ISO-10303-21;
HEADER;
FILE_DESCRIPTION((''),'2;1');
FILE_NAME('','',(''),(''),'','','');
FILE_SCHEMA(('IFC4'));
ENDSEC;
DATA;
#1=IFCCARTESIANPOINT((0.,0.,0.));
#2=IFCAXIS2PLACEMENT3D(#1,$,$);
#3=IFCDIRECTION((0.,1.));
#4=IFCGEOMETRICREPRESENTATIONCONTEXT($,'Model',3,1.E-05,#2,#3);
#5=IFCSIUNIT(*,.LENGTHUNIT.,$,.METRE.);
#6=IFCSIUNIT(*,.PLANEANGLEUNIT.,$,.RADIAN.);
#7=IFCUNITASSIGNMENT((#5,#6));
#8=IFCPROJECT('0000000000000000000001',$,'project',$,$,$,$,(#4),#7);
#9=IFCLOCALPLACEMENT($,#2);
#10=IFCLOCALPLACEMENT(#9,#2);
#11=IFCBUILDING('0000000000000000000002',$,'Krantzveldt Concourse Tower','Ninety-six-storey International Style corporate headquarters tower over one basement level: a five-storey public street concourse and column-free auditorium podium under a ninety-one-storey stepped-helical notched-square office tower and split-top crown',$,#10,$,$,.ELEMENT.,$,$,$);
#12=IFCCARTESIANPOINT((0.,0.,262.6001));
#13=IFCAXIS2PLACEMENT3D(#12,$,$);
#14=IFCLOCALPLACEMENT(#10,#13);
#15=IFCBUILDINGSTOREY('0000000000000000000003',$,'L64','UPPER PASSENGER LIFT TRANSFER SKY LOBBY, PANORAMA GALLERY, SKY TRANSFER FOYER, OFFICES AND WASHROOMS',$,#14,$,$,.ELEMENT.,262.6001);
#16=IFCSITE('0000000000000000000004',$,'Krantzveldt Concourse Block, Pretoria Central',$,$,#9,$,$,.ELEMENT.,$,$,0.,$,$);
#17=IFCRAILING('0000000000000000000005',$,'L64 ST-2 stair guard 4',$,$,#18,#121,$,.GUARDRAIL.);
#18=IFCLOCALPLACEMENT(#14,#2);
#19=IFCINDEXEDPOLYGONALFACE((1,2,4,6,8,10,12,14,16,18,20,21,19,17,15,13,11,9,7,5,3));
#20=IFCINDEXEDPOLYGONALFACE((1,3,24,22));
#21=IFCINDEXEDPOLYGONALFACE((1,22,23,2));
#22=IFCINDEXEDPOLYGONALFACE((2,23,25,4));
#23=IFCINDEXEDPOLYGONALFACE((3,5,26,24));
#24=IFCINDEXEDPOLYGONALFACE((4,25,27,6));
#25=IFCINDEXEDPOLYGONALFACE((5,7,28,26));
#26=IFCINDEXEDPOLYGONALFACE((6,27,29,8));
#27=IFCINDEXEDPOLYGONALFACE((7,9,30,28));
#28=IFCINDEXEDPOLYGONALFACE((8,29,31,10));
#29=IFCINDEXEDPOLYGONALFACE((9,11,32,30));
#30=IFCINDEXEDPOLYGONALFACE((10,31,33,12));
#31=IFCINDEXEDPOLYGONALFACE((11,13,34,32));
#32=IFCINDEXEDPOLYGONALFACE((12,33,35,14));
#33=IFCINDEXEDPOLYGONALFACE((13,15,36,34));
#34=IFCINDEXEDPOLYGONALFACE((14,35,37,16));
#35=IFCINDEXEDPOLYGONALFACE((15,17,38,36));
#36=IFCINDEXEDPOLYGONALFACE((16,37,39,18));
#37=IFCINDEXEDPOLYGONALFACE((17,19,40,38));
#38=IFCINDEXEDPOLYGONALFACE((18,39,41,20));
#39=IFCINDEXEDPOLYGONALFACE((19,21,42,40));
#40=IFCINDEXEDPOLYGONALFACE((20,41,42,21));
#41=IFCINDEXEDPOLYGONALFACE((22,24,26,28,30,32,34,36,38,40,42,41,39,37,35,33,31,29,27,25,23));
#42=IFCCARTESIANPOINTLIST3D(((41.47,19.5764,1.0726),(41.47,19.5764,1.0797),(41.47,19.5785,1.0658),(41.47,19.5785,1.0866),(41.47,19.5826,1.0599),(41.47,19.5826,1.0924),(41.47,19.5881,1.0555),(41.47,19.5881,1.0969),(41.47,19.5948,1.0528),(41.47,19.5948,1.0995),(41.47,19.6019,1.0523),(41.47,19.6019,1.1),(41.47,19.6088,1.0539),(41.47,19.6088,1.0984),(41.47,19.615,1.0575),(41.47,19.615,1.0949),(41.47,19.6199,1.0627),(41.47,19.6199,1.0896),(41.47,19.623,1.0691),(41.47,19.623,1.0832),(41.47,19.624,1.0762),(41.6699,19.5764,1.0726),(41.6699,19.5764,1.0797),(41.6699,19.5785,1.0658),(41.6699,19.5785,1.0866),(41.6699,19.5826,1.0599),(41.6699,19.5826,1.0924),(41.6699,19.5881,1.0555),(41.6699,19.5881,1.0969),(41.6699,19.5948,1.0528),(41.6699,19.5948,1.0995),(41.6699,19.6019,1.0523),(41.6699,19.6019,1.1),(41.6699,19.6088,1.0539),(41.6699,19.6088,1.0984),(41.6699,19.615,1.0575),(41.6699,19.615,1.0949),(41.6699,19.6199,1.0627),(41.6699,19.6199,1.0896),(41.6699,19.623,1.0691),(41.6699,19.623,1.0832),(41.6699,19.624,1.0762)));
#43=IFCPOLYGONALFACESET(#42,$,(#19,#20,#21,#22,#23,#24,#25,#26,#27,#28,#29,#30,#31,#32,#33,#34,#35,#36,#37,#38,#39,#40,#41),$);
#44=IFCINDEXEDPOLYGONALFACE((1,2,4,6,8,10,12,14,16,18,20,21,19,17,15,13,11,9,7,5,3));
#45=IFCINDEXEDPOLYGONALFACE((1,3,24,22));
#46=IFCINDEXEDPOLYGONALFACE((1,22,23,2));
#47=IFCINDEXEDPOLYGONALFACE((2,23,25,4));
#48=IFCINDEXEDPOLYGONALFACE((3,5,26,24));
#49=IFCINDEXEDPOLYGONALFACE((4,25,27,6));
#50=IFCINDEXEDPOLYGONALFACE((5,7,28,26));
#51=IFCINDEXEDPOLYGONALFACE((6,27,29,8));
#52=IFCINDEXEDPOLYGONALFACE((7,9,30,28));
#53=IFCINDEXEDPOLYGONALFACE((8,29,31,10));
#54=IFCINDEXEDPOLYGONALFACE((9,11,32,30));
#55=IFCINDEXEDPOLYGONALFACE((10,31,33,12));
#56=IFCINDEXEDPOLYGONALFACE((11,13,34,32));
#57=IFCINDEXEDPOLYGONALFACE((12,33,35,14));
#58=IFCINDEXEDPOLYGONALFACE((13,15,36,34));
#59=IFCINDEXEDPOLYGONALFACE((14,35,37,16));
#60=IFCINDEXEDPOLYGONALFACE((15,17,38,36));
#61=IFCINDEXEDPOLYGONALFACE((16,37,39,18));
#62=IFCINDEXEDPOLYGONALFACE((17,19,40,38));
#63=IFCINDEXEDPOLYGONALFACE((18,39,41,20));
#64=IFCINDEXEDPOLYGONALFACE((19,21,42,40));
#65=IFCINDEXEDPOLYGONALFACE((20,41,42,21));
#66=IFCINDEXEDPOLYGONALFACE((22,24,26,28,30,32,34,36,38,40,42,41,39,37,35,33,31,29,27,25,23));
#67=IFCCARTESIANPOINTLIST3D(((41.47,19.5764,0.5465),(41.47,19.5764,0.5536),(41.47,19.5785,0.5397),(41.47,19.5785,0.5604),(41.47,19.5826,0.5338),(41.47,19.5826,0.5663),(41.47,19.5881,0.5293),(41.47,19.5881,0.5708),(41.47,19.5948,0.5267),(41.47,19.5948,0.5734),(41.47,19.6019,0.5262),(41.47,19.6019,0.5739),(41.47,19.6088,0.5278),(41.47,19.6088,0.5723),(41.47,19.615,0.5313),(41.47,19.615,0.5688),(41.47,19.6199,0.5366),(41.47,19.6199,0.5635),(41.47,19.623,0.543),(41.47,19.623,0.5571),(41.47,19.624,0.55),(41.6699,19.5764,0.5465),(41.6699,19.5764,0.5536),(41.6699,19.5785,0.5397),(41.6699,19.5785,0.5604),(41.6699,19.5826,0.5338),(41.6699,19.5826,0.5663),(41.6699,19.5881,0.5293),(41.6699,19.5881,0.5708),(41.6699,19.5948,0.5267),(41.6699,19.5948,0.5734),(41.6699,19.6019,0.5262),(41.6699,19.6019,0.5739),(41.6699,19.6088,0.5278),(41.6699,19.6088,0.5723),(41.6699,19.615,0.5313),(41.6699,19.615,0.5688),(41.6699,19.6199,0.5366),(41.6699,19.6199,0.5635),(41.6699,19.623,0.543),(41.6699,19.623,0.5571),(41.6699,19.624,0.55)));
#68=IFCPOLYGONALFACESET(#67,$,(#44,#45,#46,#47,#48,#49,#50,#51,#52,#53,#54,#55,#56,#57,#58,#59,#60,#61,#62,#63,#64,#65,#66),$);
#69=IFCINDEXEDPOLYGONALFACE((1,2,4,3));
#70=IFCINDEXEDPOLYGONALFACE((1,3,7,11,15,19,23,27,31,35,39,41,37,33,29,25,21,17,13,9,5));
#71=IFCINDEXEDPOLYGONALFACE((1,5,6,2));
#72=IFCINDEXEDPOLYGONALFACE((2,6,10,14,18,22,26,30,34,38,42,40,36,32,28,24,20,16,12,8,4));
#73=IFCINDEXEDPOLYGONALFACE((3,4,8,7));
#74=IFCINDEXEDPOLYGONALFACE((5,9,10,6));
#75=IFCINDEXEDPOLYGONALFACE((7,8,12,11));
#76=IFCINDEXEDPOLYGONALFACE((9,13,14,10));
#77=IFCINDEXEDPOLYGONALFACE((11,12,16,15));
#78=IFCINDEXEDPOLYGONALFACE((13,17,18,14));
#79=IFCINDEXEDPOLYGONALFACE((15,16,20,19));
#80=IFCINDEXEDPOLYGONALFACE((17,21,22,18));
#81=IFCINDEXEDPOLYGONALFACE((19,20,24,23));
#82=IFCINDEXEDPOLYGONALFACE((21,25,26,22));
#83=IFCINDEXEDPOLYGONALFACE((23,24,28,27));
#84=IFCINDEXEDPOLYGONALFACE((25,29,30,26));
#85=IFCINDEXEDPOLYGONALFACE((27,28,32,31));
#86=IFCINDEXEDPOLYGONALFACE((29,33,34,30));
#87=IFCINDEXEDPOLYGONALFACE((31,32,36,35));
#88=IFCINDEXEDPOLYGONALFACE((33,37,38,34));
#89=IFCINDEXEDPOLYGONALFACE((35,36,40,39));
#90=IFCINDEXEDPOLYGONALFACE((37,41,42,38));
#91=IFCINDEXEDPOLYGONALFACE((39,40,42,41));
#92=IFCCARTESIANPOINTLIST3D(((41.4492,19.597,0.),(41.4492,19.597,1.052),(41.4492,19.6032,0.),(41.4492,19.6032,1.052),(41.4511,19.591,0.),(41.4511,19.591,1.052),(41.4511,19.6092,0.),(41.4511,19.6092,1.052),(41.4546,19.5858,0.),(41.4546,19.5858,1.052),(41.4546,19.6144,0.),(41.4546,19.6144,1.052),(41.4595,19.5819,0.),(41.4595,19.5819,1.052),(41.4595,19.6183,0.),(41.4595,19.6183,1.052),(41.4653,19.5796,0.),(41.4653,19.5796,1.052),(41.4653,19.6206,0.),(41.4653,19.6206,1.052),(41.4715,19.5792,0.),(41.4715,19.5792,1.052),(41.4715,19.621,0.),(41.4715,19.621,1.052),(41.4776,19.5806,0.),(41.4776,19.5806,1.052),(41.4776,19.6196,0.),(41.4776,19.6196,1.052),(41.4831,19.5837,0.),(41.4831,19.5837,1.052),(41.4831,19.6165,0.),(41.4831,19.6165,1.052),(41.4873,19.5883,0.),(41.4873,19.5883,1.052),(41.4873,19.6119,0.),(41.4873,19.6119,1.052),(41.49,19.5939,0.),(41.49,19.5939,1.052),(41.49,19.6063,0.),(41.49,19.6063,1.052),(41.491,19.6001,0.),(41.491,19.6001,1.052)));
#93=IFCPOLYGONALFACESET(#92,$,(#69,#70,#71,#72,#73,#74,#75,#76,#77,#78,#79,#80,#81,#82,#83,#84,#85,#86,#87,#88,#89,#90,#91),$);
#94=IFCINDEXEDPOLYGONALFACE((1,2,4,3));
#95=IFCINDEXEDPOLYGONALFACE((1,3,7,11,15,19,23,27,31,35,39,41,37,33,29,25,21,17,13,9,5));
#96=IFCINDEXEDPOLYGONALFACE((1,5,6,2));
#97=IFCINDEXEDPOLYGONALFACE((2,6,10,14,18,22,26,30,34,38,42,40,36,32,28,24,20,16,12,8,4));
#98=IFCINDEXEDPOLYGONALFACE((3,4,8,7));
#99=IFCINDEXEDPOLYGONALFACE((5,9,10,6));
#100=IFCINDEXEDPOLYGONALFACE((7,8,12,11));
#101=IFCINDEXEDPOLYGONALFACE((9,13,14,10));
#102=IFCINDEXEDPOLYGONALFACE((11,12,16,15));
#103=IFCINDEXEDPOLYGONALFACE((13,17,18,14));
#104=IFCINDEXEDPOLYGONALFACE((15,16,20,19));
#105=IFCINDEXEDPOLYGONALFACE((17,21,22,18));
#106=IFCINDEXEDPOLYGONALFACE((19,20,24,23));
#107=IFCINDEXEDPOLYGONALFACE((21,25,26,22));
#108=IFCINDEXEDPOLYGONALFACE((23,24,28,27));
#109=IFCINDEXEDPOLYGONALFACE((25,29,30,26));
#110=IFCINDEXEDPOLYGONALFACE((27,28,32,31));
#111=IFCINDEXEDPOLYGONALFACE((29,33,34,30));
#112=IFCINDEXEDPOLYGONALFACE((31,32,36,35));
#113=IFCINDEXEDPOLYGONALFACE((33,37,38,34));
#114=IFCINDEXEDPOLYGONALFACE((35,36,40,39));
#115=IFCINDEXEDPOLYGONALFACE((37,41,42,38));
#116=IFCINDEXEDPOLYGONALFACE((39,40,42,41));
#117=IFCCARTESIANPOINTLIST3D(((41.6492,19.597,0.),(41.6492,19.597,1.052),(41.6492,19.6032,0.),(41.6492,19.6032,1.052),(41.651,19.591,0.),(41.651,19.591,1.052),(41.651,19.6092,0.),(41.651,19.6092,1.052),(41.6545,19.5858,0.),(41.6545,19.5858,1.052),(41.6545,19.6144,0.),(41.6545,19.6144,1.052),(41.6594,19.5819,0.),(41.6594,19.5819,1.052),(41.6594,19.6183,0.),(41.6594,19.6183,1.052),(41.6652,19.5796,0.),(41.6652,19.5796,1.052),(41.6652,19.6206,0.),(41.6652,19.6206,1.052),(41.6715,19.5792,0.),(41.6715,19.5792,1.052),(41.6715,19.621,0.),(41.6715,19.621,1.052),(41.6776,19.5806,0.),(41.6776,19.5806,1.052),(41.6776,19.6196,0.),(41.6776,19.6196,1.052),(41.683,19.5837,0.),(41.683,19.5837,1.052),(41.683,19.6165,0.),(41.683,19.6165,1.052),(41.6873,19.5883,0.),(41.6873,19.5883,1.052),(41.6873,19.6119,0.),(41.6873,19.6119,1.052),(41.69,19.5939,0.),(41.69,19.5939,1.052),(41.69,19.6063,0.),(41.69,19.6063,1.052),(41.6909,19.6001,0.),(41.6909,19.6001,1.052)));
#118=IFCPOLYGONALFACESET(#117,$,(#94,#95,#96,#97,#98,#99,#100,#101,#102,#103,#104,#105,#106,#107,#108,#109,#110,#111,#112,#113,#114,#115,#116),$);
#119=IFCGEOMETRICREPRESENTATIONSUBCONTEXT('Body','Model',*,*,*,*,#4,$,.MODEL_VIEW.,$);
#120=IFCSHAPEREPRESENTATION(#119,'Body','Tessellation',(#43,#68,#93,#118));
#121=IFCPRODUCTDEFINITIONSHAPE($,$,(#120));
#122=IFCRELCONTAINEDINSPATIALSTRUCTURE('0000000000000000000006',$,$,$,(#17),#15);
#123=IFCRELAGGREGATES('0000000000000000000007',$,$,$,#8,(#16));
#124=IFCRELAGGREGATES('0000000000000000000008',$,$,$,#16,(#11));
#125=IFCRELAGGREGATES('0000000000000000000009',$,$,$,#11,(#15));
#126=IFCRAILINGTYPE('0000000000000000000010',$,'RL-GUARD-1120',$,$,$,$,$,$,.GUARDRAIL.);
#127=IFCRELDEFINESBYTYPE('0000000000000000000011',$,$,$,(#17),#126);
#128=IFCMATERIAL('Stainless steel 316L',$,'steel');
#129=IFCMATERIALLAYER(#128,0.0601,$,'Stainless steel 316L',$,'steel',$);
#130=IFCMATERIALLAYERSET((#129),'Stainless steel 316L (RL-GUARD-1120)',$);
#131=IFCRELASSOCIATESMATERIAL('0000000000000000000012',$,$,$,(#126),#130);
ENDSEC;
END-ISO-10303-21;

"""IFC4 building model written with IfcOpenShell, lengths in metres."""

from ifc_helpers import new_model, si_unit, direction, frame, origin, origin_2d, place, context, subcontext, project, spatial, circle, extrude, material, layer, layer_set, type_object, element, save


model = new_model("IFC4")

# Units and contexts
model_context = context("Model", 3, precision=1e-05, world=origin(), true_north=direction((0.0, 1.0)))
body_context = subcontext(model_context, "Body", "Model", "MODEL_VIEW")
ifc_project = project(units=[si_unit("LENGTHUNIT", "METRE"), si_unit("PLANEANGLEUNIT", "RADIAN")], contexts=[model_context])

# Site, building, storey
site_placement = place(None, origin())
site = spatial("IfcSite", under=ifc_project, at=site_placement, Name="Krantzveldt Concourse Block, Pretoria Central", CompositionType="ELEMENT", RefElevation=0.0)
building_placement = place(site_placement, origin())
building = spatial("IfcBuilding", under=site, at=building_placement, Name="Krantzveldt Concourse Tower", Description="Ninety-six-storey International Style corporate headquarters tower over one basement level: a five-storey public street concourse and column-free auditorium podium under a ninety-one-storey stepped-helical notched-square office tower and split-top crown", CompositionType="ELEMENT")
storey_placement = place(building_placement, frame((0.0, 0.0, 262.6001)))
storey = spatial("IfcBuildingStorey", under=building, at=storey_placement, Name="L64", Description="UPPER PASSENGER LIFT TRANSFER SKY LOBBY, PANORAMA GALLERY, SKY TRANSFER FOYER, OFFICES AND WASHROOMS", CompositionType="ELEMENT", Elevation=262.6001)

# Shared definitions
ifc_material_1 = material(Name="Stainless steel 316L", Category="steel")

# Railing
ifc_layer_1 = layer(ifc_material_1, 0.0601, Name="Stainless steel 316L", Category="steel")
ifc_layer_set_1 = layer_set([ifc_layer_1], Name="Stainless steel 316L (RL-GUARD-1120)")
railing_type_1 = type_object("IfcRailingType", Name="RL-GUARD-1120", PredefinedType="GUARDRAIL", material=ifc_layer_set_1)
railing_1_placement = place(storey_placement, frame((41.47, 19.6001, 0.0)))
element("IfcRailing", 1, at=railing_1_placement, inside=storey, type_object=railing_type_1, Name="L64 ST-2 stair guard 4", PredefinedType="GUARDRAIL", context=body_context, shape_type="SweptSolid", body=[
    extrude(circle(Radius=0.0239, at=origin_2d()), frame((0.0, 0.0, 1.0762), z_axis=(1.0, 0.0, 0.0), x_axis=(0.0, 1.0, 0.0)), (0.0, 0.0, 1.0), 0.2),
    extrude(circle(Radius=0.0239, at=origin_2d()), frame((0.0, 0.0, 0.55), z_axis=(1.0, 0.0, 0.0), x_axis=(0.0, 1.0, 0.0)), (0.0, 0.0, 1.0), 0.2),
    extrude(circle(Radius=0.021, at=origin_2d()), origin(), (0.0, 0.0, 1.0), 1.052),
    extrude(circle(Radius=0.021, at=origin_2d()), frame((0.2, 0.0, 0.0)), (0.0, 0.0, 1.0), 1.052),
])

save(model, "model.ifc")
